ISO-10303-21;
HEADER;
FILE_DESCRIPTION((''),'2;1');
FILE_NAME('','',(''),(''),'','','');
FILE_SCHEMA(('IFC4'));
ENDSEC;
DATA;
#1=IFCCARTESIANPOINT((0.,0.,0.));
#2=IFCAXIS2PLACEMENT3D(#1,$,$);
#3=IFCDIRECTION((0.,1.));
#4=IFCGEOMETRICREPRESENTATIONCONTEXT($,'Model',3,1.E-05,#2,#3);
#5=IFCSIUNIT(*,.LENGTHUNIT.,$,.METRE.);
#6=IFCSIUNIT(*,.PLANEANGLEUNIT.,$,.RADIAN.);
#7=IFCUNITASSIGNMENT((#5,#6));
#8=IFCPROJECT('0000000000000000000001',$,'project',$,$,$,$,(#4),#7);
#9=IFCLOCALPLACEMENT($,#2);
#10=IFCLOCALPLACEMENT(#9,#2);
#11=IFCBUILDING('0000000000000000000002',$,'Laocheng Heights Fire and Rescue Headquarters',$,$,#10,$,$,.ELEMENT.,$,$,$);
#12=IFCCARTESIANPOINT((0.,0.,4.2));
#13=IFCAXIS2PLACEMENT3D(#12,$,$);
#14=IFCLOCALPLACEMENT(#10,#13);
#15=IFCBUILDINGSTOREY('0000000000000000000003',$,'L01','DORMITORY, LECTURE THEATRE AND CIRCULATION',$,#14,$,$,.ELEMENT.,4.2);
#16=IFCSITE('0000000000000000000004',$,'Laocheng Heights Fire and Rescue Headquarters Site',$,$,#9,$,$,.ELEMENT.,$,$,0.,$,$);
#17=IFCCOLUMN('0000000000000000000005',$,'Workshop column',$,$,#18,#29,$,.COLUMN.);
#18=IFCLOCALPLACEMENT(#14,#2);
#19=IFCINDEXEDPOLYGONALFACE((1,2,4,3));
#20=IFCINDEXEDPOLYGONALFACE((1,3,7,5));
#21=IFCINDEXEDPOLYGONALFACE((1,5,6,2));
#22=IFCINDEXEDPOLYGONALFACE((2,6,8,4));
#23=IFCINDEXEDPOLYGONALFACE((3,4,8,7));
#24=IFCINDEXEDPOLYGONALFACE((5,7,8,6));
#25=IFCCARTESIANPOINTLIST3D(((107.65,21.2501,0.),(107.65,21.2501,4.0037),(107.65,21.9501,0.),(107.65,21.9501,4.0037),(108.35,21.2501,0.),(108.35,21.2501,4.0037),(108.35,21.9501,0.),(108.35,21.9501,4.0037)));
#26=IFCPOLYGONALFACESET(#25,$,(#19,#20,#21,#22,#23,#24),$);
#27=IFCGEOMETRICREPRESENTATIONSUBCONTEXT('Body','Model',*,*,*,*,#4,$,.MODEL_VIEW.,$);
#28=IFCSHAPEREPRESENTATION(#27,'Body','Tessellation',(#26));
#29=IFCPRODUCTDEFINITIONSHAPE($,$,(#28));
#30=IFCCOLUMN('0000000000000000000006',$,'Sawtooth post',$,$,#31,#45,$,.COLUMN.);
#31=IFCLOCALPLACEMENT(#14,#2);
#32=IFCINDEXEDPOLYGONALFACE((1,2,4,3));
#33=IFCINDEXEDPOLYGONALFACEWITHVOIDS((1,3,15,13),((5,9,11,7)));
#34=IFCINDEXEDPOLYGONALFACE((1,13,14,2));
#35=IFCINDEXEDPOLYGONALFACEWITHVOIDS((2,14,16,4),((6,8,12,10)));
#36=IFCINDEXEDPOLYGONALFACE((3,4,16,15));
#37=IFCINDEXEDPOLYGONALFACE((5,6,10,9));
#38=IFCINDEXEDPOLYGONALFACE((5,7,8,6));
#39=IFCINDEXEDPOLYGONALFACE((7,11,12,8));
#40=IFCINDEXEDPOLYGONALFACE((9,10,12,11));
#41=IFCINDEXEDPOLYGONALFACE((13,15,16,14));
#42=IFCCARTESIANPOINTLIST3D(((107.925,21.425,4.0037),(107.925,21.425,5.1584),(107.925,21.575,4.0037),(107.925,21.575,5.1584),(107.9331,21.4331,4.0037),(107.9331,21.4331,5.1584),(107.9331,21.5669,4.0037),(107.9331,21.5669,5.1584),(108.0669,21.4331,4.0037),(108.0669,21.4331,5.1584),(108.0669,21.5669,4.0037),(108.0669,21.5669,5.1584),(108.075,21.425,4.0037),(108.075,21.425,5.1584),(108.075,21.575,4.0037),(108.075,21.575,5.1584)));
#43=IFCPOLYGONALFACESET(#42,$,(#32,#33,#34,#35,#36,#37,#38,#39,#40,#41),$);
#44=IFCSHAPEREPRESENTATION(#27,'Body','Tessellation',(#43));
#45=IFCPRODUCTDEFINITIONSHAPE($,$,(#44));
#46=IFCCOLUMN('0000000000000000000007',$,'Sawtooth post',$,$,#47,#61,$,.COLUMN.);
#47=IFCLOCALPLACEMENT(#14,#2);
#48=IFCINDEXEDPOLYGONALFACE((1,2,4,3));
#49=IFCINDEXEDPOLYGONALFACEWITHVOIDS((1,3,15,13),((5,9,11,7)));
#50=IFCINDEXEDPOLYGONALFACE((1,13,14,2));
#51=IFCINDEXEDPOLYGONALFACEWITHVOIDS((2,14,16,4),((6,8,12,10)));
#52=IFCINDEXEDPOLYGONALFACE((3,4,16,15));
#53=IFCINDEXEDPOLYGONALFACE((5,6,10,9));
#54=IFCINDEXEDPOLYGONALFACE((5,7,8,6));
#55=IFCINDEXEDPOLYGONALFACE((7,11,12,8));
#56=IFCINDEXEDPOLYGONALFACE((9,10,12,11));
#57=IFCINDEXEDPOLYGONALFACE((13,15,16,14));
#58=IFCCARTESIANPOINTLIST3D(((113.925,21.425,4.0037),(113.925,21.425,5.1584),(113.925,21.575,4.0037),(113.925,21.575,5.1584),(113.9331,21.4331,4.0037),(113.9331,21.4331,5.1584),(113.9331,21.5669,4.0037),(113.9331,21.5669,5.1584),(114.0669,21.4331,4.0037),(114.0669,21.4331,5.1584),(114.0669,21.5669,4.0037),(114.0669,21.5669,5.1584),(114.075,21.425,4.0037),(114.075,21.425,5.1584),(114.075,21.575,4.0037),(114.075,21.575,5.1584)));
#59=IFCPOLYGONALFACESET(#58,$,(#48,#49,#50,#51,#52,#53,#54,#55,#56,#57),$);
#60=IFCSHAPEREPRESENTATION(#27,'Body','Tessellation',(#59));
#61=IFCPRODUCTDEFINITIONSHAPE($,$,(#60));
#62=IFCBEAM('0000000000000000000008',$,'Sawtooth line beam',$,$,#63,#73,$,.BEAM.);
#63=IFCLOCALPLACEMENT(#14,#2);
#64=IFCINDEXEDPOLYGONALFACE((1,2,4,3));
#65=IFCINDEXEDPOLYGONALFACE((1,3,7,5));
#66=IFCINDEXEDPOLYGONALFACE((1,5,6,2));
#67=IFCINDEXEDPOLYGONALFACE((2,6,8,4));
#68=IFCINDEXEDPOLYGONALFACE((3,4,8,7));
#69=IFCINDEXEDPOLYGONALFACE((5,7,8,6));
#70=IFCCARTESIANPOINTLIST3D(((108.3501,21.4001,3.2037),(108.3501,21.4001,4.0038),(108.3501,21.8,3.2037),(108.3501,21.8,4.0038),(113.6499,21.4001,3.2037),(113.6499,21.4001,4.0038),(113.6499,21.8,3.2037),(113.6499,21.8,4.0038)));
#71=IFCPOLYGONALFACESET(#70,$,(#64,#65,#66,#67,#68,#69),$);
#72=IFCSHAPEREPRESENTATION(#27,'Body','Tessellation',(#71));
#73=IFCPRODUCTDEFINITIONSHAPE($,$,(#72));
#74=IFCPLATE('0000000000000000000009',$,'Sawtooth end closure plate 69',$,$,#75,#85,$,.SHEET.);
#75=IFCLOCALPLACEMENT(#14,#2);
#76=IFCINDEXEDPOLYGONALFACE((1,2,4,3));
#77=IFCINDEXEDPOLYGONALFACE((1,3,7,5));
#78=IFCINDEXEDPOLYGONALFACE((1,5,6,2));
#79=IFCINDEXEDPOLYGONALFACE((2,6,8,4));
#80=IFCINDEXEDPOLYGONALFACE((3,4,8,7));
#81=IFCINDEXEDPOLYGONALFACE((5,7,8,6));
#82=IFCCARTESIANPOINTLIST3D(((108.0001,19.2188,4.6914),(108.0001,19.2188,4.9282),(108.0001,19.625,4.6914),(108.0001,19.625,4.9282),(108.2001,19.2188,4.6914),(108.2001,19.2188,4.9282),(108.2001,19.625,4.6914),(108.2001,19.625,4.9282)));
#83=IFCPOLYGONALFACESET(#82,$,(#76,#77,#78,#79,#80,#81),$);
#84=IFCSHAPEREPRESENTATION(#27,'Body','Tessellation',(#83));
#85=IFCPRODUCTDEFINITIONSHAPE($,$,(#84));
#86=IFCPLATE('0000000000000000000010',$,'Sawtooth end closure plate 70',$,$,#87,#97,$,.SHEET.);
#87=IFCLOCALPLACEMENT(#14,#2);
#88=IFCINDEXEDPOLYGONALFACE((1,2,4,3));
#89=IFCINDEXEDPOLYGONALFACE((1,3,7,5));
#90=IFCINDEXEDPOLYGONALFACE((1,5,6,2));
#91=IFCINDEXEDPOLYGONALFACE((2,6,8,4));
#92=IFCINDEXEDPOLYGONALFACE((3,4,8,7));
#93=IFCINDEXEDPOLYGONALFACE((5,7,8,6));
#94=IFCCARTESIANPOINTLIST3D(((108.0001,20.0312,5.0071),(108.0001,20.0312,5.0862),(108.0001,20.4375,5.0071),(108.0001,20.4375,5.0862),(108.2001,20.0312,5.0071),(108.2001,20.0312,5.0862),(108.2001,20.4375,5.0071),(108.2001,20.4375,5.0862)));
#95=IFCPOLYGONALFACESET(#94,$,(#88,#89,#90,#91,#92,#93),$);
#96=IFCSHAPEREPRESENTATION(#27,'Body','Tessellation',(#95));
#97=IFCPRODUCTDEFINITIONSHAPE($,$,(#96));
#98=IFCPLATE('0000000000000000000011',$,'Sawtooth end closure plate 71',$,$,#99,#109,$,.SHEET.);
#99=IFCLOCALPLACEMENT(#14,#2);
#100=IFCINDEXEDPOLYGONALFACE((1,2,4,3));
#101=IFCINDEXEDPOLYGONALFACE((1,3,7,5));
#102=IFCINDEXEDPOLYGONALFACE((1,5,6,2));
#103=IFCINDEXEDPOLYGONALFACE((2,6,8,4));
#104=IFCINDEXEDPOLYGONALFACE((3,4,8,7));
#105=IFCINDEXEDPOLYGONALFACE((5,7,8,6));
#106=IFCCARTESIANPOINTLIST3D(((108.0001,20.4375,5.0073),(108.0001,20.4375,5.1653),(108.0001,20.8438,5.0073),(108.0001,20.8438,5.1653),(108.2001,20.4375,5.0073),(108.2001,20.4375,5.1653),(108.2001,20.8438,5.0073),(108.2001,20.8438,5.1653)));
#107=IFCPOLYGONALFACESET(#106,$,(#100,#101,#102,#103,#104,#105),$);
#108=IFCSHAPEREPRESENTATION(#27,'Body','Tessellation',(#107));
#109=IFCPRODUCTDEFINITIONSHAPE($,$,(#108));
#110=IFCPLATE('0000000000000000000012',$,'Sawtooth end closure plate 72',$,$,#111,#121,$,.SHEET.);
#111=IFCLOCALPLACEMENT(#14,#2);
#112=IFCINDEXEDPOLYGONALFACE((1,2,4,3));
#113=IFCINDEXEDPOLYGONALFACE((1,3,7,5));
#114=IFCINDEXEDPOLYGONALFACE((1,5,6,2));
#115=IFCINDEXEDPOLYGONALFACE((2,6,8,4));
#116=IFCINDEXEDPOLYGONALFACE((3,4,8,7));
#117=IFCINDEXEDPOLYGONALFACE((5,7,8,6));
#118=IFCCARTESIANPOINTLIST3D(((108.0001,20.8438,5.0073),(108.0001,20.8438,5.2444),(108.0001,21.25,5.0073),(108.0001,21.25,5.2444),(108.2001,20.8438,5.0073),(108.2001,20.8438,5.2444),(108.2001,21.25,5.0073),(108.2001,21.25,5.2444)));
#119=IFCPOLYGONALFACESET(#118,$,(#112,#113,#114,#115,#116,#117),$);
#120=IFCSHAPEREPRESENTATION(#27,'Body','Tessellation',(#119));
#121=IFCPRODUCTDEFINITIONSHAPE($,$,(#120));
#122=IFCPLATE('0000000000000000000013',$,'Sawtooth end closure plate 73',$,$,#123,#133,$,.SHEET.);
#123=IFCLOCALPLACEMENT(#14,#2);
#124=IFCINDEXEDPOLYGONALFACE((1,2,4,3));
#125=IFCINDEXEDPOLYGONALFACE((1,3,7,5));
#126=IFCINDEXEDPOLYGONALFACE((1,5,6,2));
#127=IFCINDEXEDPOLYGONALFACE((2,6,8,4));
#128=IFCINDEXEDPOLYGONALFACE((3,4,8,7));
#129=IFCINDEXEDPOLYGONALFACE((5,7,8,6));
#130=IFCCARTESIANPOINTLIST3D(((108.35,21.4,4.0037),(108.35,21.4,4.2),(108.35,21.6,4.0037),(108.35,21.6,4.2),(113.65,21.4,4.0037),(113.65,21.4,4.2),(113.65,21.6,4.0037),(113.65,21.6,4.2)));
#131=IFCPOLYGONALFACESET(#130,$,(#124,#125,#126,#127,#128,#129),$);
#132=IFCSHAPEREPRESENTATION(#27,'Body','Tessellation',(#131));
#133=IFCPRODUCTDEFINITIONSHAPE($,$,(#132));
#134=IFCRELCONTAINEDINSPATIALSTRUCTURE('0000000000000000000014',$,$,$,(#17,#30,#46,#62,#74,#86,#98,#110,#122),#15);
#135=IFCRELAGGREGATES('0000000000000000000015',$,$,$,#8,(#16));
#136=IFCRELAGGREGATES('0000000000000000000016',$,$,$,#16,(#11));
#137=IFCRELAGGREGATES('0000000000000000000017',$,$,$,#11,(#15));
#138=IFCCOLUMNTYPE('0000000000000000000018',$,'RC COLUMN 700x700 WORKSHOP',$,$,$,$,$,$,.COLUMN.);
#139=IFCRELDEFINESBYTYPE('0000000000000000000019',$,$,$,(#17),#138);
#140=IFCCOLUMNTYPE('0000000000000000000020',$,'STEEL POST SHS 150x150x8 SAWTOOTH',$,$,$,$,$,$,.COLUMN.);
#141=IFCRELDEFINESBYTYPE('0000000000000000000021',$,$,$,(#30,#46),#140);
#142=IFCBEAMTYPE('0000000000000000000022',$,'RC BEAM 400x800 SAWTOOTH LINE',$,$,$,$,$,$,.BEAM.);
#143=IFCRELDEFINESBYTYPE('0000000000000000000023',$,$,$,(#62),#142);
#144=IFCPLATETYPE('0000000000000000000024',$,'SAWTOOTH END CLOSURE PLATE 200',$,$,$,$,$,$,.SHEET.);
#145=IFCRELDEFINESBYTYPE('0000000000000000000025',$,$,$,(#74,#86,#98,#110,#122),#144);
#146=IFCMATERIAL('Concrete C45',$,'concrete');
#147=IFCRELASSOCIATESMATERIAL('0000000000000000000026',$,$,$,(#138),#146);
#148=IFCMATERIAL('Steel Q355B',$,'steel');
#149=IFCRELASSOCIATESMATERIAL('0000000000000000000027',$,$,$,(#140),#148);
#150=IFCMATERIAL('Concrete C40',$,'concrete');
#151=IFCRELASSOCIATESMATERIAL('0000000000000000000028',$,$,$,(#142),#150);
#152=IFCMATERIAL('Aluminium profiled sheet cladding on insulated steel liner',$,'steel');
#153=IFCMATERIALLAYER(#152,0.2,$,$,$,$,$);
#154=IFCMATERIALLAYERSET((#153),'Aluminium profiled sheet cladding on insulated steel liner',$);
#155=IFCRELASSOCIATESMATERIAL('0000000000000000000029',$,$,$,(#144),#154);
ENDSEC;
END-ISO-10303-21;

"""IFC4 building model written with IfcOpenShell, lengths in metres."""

from ifc_helpers import new_model, si_unit, direction, frame, origin, origin_2d, place, context, subcontext, project, spatial, rectangle, hollow_rectangle, extrude, material, layer, layer_set, material_profile, profile_set, type_object, element, save


model = new_model("IFC4")

# Units and contexts
model_context = context("Model", 3, precision=1e-05, world=origin(), true_north=direction((0.0, 1.0)))
body_context = subcontext(model_context, "Body", "Model", "MODEL_VIEW")
ifc_project = project(units=[si_unit("LENGTHUNIT", "METRE"), si_unit("PLANEANGLEUNIT", "RADIAN")], contexts=[model_context])

# Site, building, storey
site_placement = place(None, origin())
site = spatial("IfcSite", under=ifc_project, at=site_placement, Name="Laocheng Heights Fire and Rescue Headquarters Site", CompositionType="ELEMENT", RefElevation=0.0)
building_placement = place(site_placement, origin())
building = spatial("IfcBuilding", under=site, at=building_placement, Name="Laocheng Heights Fire and Rescue Headquarters", CompositionType="ELEMENT")
storey_placement = place(building_placement, frame((0.0, 0.0, 4.2)))
storey = spatial("IfcBuildingStorey", under=building, at=storey_placement, Name="L01", Description="DORMITORY, LECTURE THEATRE AND CIRCULATION", CompositionType="ELEMENT", Elevation=4.2)

# Columns
ifc_material_1 = material(Name="Concrete C45", Category="concrete")
ifc_material_profile_1 = material_profile(ifc_material_1, rectangle(XDim=0.7, YDim=0.7, at=origin_2d()), Name="RC COLUMN 700x700 WORKSHOP")
ifc_profile_set_1 = profile_set([ifc_material_profile_1], Name="Concrete C45")
column_type_1 = type_object("IfcColumnType", Name="RC COLUMN 700x700 WORKSHOP", PredefinedType="COLUMN", material=ifc_profile_set_1)
column_placement = place(storey_placement, frame((108.0, 21.6001, 0.0), z_axis=(0.0, 0.0, 1.0), x_axis=(1.0, 0.0, 0.0)))
element("IfcColumn", 1, at=column_placement, inside=storey, type_object=column_type_1, Name="Workshop column", PredefinedType="COLUMN", context=body_context, shape_type="SweptSolid", body=[
    extrude(rectangle(XDim=0.7, YDim=0.7, at=origin_2d()), origin(), (0.0, 0.0, 1.0), 4.0037),
])
ifc_material_2 = material(Name="Steel Q355B", Category="steel")
ifc_material_profile_2 = material_profile(ifc_material_2, hollow_rectangle(XDim=0.1499, YDim=0.1499, WallThickness=0.0081, at=origin_2d()), Name="SHS 150x150x8")
ifc_profile_set_2 = profile_set([ifc_material_profile_2], Name="Steel Q355B")
column_type_2 = type_object("IfcColumnType", Name="STEEL POST SHS 150x150x8 SAWTOOTH", PredefinedType="COLUMN", material=ifc_profile_set_2)
for number, where, z_axis, x_axis, name in (
    (2, (108.0, 21.5, 4.0037), (0.0, 0.0, 1.0), (1.0, 0.0, 0.0), "Sawtooth post"),
    (3, (114.0, 21.5, 4.0037), (0.0, 0.0, 1.0), (1.0, 0.0, 0.0), "Sawtooth post"),
):
    element("IfcColumn", number, at=place(storey_placement, frame(where, z_axis=z_axis, x_axis=x_axis)), inside=storey, type_object=column_type_2, Name=name, PredefinedType="COLUMN", context=body_context, shape_type="SweptSolid", body=[
        extrude(hollow_rectangle(XDim=0.1499, YDim=0.1499, WallThickness=0.0081, at=origin_2d()), origin(), (0.0, 0.0, 1.0), 1.1548),
    ])

# Beam
ifc_material_3 = material(Name="Concrete C40", Category="concrete")
ifc_material_profile_3 = material_profile(ifc_material_3, rectangle(XDim=0.3999, YDim=0.8, at=origin_2d()), Name="RC BEAM 400x800 SAWTOOTH LINE")
ifc_profile_set_3 = profile_set([ifc_material_profile_3], Name="Concrete C40")
beam_type = type_object("IfcBeamType", Name="RC BEAM 400x800 SAWTOOTH LINE", PredefinedType="BEAM", material=ifc_profile_set_3)
beam_placement = place(storey_placement, frame((108.3501, 21.6001, 3.6038), z_axis=(1.0, 0.0, 0.0), x_axis=(0.0, 1.0, 0.0)))
element("IfcBeam", 4, at=beam_placement, inside=storey, type_object=beam_type, Name="Sawtooth line beam", PredefinedType="BEAM", context=body_context, shape_type="SweptSolid", body=[
    extrude(rectangle(XDim=0.3999, YDim=0.8, at=origin_2d()), origin(), (0.0, 0.0, 1.0), 5.2998),
])

# Plates
ifc_material_4 = material(Name="Aluminium profiled sheet cladding on insulated steel liner", Category="steel")
ifc_layer_1 = layer(ifc_material_4, 0.2)
ifc_layer_set_1 = layer_set([ifc_layer_1], Name="Aluminium profiled sheet cladding on insulated steel liner")
plate_type = type_object("IfcPlateType", Name="SAWTOOTH END CLOSURE PLATE 200", PredefinedType="SHEET", material=ifc_layer_set_1)
plate_1_placement = place(storey_placement, frame((108.1001, 19.4219, 4.6914), z_axis=(0.0, 0.0, 1.0), x_axis=(1.0, 0.0, 0.0)))
element("IfcPlate", 5, at=plate_1_placement, inside=storey, type_object=plate_type, Name="Sawtooth end closure plate 69", PredefinedType="SHEET", context=body_context, shape_type="SweptSolid", body=[
    extrude(rectangle(XDim=0.2, YDim=0.4062, at=origin_2d()), origin(), (0.0, 0.0, 1.0), 0.2368),
])
plate_2_placement = place(storey_placement, frame((108.1001, 20.2344, 5.0071), z_axis=(0.0, 0.0, 1.0), x_axis=(1.0, 0.0, 0.0)))
element("IfcPlate", 6, at=plate_2_placement, inside=storey, type_object=plate_type, Name="Sawtooth end closure plate 70", PredefinedType="SHEET", context=body_context, shape_type="SweptSolid", body=[
    extrude(rectangle(XDim=0.2, YDim=0.4062, at=origin_2d()), origin(), (0.0, 0.0, 1.0), 0.0791),
])
plate_3_placement = place(storey_placement, frame((108.1001, 20.6406, 5.0073), z_axis=(0.0, 0.0, 1.0), x_axis=(1.0, 0.0, 0.0)))
element("IfcPlate", 7, at=plate_3_placement, inside=storey, type_object=plate_type, Name="Sawtooth end closure plate 71", PredefinedType="SHEET", context=body_context, shape_type="SweptSolid", body=[
    extrude(rectangle(XDim=0.2, YDim=0.4062, at=origin_2d()), origin(), (0.0, 0.0, 1.0), 0.158),
])
plate_4_placement = place(storey_placement, frame((108.1001, 21.0469, 5.0073), z_axis=(0.0, 0.0, 1.0), x_axis=(1.0, 0.0, 0.0)))
element("IfcPlate", 8, at=plate_4_placement, inside=storey, type_object=plate_type, Name="Sawtooth end closure plate 72", PredefinedType="SHEET", context=body_context, shape_type="SweptSolid", body=[
    extrude(rectangle(XDim=0.2, YDim=0.4062, at=origin_2d()), origin(), (0.0, 0.0, 1.0), 0.2371),
])
plate_5_placement = place(storey_placement, frame((111.0, 21.5, 4.0037), z_axis=(0.0, 0.0, 1.0), x_axis=(1.0, 0.0, 0.0)))
element("IfcPlate", 9, at=plate_5_placement, inside=storey, type_object=plate_type, Name="Sawtooth end closure plate 73", PredefinedType="SHEET", context=body_context, shape_type="SweptSolid", body=[
    extrude(rectangle(XDim=5.3, YDim=0.2, at=origin_2d()), origin(), (0.0, 0.0, 1.0), 0.1963),
])

save(model, "model.ifc")
